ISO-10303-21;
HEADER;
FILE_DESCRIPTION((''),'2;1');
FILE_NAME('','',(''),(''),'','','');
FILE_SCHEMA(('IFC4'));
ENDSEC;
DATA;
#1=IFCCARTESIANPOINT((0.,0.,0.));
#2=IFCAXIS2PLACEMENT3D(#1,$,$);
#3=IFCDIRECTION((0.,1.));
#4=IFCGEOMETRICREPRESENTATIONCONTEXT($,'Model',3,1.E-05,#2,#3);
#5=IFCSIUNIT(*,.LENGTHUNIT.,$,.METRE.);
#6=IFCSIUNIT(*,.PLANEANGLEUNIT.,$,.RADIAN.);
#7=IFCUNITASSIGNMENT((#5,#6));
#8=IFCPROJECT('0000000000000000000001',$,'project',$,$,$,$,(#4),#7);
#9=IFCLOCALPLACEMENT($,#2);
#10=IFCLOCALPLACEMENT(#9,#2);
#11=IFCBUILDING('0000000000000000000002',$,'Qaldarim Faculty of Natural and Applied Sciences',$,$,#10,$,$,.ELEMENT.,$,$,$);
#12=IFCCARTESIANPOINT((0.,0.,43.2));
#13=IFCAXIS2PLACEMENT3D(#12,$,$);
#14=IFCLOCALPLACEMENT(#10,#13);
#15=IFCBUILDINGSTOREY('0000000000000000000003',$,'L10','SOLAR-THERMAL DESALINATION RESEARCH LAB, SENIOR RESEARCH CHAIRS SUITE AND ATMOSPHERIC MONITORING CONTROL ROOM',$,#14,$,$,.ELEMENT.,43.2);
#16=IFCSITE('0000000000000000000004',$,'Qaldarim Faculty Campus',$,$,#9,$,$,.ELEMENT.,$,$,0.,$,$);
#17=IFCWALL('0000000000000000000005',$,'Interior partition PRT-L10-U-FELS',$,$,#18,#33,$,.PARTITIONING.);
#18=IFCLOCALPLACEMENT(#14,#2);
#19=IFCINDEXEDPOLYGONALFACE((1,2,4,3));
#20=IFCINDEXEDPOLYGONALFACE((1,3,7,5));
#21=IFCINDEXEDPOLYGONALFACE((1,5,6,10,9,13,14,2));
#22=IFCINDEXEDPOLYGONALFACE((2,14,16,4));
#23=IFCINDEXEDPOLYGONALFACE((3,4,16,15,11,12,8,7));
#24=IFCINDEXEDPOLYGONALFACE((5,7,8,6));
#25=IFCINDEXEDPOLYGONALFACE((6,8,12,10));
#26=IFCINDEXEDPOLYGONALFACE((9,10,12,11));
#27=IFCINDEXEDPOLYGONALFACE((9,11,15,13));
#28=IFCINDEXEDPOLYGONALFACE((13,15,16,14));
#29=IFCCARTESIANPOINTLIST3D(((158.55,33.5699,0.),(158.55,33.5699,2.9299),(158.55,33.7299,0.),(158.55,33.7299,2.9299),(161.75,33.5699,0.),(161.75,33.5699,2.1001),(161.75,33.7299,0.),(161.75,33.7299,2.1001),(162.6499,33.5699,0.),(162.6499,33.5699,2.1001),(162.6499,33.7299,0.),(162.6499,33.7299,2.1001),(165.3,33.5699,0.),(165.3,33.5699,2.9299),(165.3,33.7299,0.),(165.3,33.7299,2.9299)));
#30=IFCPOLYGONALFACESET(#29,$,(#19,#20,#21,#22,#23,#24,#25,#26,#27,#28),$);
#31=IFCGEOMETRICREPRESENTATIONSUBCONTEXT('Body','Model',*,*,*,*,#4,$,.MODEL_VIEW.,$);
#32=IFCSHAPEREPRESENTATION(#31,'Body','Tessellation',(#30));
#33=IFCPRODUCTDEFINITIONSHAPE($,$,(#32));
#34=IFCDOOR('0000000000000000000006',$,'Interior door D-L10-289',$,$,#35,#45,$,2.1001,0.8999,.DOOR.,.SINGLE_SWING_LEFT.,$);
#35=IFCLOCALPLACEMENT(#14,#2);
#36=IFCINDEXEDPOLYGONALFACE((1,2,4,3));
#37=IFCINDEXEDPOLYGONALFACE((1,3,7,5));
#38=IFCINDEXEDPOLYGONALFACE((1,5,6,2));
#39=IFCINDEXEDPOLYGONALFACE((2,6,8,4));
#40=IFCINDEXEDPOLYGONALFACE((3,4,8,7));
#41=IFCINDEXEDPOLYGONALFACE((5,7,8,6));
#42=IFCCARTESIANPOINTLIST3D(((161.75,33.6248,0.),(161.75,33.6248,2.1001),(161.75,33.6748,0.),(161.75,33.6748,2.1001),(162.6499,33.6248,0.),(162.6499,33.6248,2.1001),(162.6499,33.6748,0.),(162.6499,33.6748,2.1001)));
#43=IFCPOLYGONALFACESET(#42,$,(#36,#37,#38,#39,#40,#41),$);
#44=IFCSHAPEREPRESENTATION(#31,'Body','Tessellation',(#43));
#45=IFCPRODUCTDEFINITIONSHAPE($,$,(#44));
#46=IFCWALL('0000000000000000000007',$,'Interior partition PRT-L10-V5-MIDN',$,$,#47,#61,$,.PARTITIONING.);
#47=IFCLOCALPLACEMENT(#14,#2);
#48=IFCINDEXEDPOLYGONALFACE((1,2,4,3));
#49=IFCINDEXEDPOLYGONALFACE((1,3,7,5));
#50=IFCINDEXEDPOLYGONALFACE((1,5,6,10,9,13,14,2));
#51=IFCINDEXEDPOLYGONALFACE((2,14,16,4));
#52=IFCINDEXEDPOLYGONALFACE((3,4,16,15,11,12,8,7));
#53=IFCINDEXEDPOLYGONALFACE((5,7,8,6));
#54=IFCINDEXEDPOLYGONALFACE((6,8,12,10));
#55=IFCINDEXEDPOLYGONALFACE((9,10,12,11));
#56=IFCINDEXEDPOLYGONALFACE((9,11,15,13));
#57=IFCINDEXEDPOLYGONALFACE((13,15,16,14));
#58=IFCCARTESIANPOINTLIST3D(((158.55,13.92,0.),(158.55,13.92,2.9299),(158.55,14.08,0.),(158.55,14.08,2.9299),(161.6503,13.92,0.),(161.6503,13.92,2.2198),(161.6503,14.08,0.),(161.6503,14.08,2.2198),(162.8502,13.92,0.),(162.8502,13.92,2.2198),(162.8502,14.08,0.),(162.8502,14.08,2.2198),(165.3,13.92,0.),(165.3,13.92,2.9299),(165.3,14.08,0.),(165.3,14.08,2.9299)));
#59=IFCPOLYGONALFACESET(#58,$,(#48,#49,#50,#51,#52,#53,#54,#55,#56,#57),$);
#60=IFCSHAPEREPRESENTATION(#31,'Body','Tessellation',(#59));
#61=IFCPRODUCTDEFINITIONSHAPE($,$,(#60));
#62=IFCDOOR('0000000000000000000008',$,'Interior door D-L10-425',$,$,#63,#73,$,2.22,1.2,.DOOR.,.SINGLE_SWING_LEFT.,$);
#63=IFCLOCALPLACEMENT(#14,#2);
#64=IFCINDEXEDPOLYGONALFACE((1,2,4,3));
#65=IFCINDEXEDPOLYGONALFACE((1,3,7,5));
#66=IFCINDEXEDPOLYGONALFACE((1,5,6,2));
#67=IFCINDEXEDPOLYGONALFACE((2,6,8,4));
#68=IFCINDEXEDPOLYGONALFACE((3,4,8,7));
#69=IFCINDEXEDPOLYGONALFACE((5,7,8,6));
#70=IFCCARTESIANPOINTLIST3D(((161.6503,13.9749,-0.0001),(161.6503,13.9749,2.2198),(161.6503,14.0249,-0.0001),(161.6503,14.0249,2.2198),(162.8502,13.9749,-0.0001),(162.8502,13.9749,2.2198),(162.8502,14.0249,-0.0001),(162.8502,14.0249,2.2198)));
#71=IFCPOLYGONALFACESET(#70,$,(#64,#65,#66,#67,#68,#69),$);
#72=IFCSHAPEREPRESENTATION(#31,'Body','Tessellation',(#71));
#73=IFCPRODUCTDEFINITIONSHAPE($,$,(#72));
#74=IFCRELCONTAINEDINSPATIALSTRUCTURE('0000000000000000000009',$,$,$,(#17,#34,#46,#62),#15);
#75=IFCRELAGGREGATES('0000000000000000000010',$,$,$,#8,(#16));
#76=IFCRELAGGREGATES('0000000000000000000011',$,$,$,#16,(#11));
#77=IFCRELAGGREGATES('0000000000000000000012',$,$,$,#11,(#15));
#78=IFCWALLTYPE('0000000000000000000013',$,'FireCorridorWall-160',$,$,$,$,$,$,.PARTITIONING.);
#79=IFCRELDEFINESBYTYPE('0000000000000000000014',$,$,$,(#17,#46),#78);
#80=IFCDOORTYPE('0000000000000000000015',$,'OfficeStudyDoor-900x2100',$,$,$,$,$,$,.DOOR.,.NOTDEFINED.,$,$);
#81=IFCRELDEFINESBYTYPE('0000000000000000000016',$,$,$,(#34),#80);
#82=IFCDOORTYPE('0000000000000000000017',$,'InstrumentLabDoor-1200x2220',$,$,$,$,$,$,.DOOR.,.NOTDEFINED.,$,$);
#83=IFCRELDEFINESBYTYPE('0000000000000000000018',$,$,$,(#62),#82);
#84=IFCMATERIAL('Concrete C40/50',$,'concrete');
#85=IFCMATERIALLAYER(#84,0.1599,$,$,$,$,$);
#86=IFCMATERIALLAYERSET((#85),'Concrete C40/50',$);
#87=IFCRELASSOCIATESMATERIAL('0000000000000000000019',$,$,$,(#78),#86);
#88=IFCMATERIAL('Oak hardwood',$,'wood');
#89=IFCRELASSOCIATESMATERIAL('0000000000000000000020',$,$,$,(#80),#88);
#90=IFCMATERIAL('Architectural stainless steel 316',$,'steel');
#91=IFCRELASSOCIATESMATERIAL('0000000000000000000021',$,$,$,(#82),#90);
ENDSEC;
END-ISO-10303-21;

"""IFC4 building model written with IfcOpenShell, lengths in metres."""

from ifc_helpers import new_model, si_unit, direction, frame, frame_2d, origin, place, context, subcontext, project, spatial, rectangle, extrude, material, layer, layer_set, type_object, element, fill, save


model = new_model("IFC4")

# Units and contexts
model_context = context("Model", 3, precision=1e-05, world=origin(), true_north=direction((0.0, 1.0)))
body_context = subcontext(model_context, "Body", "Model", "MODEL_VIEW")
ifc_project = project(units=[si_unit("LENGTHUNIT", "METRE"), si_unit("PLANEANGLEUNIT", "RADIAN")], contexts=[model_context])

# Site, building, storey
site_placement = place(None, origin())
site = spatial("IfcSite", under=ifc_project, at=site_placement, Name="Qaldarim Faculty Campus", CompositionType="ELEMENT", RefElevation=0.0)
building_placement = place(site_placement, origin())
building = spatial("IfcBuilding", under=site, at=building_placement, Name="Qaldarim Faculty of Natural and Applied Sciences", CompositionType="ELEMENT")
storey_placement = place(building_placement, frame((0.0, 0.0, 43.2)))
storey = spatial("IfcBuildingStorey", under=building, at=storey_placement, Name="L10", Description="SOLAR-THERMAL DESALINATION RESEARCH LAB, SENIOR RESEARCH CHAIRS SUITE AND ATMOSPHERIC MONITORING CONTROL ROOM", CompositionType="ELEMENT", Elevation=43.2)

# Shared definitions
ifc_material_1 = material(Name="Concrete C40/50", Category="concrete")

# Walls, openings, doors
ifc_layer_1 = layer(ifc_material_1, 0.1599)
ifc_layer_set_1 = layer_set([ifc_layer_1], Name="Concrete C40/50")
wall_type_1 = type_object("IfcWallType", Name="FireCorridorWall-160", PredefinedType="PARTITIONING", material=ifc_layer_set_1)
ifc_material_2 = material(Name="Oak hardwood", Category="wood")
wall_1_placement = place(storey_placement, frame((158.55, 33.6499, 0.0), z_axis=(0.0, 0.0, 1.0), x_axis=(1.0, 0.0, 0.0)))
wall_1 = element("IfcWall", 1, at=wall_1_placement, inside=storey, type_object=wall_type_1, Name="Interior partition PRT-L10-U-FELS", PredefinedType="PARTITIONING", context=body_context, shape_type="SweptSolid", body=[
    extrude(rectangle(XDim=6.75, YDim=0.1599, at=frame_2d((3.375, 0.0))), origin(), (0.0, 0.0, 1.0), 2.9299),
])
opening_1_placement = place(wall_1_placement, frame((3.2, 0.0, 0.0)))
opening_1 = element("IfcOpeningElement", 2, at=opening_1_placement, cuts=wall_1, PredefinedType="OPENING", context=body_context, shape_type="SweptSolid", body=[
    extrude(rectangle(XDim=0.8999, YDim=2.1001, at=frame_2d((0.45, 1.05))), frame((0.0, 0.0898, 0.0), z_axis=(0.0, -1.0, 0.0), x_axis=(1.0, 0.0, 0.0)), (0.0, 0.0, 1.0), 0.1799),
])
door_type_1 = type_object("IfcDoorType", Name="OfficeStudyDoor-900x2100", OperationType="NOTDEFINED", PredefinedType="DOOR", material=ifc_material_2)
door_1_placement = place(opening_1_placement, origin())
door_1 = element("IfcDoor", 3, at=door_1_placement, inside=storey, type_object=door_type_1, Name="Interior door D-L10-289", OperationType="SINGLE_SWING_LEFT", OverallHeight=2.1001, OverallWidth=0.8999, PredefinedType="DOOR", context=body_context, shape_type="SweptSolid", body=[
    extrude(rectangle(XDim=0.8999, YDim=2.1001, at=frame_2d((0.45, 1.05))), frame((0.0, 0.0249, 0.0), z_axis=(0.0, -1.0, 0.0), x_axis=(1.0, 0.0, 0.0)), (0.0, 0.0, 1.0), 0.05),
])
fill(opening_1, door_1)
wall_2_placement = place(storey_placement, frame((158.55, 14.0, 0.0), z_axis=(0.0, 0.0, 1.0), x_axis=(1.0, 0.0, 0.0)))
wall_2 = element("IfcWall", 4, at=wall_2_placement, inside=storey, type_object=wall_type_1, Name="Interior partition PRT-L10-V5-MIDN", PredefinedType="PARTITIONING", context=body_context, shape_type="SweptSolid", body=[
    extrude(rectangle(XDim=6.75, YDim=0.1599, at=frame_2d((3.375, 0.0))), origin(), (0.0, 0.0, 1.0), 2.9299),
])
opening_2_placement = place(wall_2_placement, frame((3.1001, 0.0, 0.0)))
opening_2 = element("IfcOpeningElement", 5, at=opening_2_placement, cuts=wall_2, PredefinedType="OPENING", context=body_context, shape_type="SweptSolid", body=[
    extrude(rectangle(XDim=1.2, YDim=2.22, at=frame_2d((0.6001, 1.1099))), frame((0.0, 0.0898, 0.0), z_axis=(0.0, -1.0, 0.0), x_axis=(1.0, 0.0, 0.0)), (0.0, 0.0, 1.0), 0.1799),
])
ifc_material_3 = material(Name="Architectural stainless steel 316", Category="steel")
door_type_2 = type_object("IfcDoorType", Name="InstrumentLabDoor-1200x2220", OperationType="NOTDEFINED", PredefinedType="DOOR", material=ifc_material_3)
door_2_placement = place(opening_2_placement, origin())
door_2 = element("IfcDoor", 6, at=door_2_placement, inside=storey, type_object=door_type_2, Name="Interior door D-L10-425", OperationType="SINGLE_SWING_LEFT", OverallHeight=2.22, OverallWidth=1.2, PredefinedType="DOOR", context=body_context, shape_type="SweptSolid", body=[
    extrude(rectangle(XDim=1.2, YDim=2.22, at=frame_2d((0.6001, 1.1099))), frame((0.0, 0.0249, 0.0), z_axis=(0.0, -1.0, 0.0), x_axis=(1.0, 0.0, 0.0)), (0.0, 0.0, 1.0), 0.05),
])
fill(opening_2, door_2)

save(model, "model.ifc")
